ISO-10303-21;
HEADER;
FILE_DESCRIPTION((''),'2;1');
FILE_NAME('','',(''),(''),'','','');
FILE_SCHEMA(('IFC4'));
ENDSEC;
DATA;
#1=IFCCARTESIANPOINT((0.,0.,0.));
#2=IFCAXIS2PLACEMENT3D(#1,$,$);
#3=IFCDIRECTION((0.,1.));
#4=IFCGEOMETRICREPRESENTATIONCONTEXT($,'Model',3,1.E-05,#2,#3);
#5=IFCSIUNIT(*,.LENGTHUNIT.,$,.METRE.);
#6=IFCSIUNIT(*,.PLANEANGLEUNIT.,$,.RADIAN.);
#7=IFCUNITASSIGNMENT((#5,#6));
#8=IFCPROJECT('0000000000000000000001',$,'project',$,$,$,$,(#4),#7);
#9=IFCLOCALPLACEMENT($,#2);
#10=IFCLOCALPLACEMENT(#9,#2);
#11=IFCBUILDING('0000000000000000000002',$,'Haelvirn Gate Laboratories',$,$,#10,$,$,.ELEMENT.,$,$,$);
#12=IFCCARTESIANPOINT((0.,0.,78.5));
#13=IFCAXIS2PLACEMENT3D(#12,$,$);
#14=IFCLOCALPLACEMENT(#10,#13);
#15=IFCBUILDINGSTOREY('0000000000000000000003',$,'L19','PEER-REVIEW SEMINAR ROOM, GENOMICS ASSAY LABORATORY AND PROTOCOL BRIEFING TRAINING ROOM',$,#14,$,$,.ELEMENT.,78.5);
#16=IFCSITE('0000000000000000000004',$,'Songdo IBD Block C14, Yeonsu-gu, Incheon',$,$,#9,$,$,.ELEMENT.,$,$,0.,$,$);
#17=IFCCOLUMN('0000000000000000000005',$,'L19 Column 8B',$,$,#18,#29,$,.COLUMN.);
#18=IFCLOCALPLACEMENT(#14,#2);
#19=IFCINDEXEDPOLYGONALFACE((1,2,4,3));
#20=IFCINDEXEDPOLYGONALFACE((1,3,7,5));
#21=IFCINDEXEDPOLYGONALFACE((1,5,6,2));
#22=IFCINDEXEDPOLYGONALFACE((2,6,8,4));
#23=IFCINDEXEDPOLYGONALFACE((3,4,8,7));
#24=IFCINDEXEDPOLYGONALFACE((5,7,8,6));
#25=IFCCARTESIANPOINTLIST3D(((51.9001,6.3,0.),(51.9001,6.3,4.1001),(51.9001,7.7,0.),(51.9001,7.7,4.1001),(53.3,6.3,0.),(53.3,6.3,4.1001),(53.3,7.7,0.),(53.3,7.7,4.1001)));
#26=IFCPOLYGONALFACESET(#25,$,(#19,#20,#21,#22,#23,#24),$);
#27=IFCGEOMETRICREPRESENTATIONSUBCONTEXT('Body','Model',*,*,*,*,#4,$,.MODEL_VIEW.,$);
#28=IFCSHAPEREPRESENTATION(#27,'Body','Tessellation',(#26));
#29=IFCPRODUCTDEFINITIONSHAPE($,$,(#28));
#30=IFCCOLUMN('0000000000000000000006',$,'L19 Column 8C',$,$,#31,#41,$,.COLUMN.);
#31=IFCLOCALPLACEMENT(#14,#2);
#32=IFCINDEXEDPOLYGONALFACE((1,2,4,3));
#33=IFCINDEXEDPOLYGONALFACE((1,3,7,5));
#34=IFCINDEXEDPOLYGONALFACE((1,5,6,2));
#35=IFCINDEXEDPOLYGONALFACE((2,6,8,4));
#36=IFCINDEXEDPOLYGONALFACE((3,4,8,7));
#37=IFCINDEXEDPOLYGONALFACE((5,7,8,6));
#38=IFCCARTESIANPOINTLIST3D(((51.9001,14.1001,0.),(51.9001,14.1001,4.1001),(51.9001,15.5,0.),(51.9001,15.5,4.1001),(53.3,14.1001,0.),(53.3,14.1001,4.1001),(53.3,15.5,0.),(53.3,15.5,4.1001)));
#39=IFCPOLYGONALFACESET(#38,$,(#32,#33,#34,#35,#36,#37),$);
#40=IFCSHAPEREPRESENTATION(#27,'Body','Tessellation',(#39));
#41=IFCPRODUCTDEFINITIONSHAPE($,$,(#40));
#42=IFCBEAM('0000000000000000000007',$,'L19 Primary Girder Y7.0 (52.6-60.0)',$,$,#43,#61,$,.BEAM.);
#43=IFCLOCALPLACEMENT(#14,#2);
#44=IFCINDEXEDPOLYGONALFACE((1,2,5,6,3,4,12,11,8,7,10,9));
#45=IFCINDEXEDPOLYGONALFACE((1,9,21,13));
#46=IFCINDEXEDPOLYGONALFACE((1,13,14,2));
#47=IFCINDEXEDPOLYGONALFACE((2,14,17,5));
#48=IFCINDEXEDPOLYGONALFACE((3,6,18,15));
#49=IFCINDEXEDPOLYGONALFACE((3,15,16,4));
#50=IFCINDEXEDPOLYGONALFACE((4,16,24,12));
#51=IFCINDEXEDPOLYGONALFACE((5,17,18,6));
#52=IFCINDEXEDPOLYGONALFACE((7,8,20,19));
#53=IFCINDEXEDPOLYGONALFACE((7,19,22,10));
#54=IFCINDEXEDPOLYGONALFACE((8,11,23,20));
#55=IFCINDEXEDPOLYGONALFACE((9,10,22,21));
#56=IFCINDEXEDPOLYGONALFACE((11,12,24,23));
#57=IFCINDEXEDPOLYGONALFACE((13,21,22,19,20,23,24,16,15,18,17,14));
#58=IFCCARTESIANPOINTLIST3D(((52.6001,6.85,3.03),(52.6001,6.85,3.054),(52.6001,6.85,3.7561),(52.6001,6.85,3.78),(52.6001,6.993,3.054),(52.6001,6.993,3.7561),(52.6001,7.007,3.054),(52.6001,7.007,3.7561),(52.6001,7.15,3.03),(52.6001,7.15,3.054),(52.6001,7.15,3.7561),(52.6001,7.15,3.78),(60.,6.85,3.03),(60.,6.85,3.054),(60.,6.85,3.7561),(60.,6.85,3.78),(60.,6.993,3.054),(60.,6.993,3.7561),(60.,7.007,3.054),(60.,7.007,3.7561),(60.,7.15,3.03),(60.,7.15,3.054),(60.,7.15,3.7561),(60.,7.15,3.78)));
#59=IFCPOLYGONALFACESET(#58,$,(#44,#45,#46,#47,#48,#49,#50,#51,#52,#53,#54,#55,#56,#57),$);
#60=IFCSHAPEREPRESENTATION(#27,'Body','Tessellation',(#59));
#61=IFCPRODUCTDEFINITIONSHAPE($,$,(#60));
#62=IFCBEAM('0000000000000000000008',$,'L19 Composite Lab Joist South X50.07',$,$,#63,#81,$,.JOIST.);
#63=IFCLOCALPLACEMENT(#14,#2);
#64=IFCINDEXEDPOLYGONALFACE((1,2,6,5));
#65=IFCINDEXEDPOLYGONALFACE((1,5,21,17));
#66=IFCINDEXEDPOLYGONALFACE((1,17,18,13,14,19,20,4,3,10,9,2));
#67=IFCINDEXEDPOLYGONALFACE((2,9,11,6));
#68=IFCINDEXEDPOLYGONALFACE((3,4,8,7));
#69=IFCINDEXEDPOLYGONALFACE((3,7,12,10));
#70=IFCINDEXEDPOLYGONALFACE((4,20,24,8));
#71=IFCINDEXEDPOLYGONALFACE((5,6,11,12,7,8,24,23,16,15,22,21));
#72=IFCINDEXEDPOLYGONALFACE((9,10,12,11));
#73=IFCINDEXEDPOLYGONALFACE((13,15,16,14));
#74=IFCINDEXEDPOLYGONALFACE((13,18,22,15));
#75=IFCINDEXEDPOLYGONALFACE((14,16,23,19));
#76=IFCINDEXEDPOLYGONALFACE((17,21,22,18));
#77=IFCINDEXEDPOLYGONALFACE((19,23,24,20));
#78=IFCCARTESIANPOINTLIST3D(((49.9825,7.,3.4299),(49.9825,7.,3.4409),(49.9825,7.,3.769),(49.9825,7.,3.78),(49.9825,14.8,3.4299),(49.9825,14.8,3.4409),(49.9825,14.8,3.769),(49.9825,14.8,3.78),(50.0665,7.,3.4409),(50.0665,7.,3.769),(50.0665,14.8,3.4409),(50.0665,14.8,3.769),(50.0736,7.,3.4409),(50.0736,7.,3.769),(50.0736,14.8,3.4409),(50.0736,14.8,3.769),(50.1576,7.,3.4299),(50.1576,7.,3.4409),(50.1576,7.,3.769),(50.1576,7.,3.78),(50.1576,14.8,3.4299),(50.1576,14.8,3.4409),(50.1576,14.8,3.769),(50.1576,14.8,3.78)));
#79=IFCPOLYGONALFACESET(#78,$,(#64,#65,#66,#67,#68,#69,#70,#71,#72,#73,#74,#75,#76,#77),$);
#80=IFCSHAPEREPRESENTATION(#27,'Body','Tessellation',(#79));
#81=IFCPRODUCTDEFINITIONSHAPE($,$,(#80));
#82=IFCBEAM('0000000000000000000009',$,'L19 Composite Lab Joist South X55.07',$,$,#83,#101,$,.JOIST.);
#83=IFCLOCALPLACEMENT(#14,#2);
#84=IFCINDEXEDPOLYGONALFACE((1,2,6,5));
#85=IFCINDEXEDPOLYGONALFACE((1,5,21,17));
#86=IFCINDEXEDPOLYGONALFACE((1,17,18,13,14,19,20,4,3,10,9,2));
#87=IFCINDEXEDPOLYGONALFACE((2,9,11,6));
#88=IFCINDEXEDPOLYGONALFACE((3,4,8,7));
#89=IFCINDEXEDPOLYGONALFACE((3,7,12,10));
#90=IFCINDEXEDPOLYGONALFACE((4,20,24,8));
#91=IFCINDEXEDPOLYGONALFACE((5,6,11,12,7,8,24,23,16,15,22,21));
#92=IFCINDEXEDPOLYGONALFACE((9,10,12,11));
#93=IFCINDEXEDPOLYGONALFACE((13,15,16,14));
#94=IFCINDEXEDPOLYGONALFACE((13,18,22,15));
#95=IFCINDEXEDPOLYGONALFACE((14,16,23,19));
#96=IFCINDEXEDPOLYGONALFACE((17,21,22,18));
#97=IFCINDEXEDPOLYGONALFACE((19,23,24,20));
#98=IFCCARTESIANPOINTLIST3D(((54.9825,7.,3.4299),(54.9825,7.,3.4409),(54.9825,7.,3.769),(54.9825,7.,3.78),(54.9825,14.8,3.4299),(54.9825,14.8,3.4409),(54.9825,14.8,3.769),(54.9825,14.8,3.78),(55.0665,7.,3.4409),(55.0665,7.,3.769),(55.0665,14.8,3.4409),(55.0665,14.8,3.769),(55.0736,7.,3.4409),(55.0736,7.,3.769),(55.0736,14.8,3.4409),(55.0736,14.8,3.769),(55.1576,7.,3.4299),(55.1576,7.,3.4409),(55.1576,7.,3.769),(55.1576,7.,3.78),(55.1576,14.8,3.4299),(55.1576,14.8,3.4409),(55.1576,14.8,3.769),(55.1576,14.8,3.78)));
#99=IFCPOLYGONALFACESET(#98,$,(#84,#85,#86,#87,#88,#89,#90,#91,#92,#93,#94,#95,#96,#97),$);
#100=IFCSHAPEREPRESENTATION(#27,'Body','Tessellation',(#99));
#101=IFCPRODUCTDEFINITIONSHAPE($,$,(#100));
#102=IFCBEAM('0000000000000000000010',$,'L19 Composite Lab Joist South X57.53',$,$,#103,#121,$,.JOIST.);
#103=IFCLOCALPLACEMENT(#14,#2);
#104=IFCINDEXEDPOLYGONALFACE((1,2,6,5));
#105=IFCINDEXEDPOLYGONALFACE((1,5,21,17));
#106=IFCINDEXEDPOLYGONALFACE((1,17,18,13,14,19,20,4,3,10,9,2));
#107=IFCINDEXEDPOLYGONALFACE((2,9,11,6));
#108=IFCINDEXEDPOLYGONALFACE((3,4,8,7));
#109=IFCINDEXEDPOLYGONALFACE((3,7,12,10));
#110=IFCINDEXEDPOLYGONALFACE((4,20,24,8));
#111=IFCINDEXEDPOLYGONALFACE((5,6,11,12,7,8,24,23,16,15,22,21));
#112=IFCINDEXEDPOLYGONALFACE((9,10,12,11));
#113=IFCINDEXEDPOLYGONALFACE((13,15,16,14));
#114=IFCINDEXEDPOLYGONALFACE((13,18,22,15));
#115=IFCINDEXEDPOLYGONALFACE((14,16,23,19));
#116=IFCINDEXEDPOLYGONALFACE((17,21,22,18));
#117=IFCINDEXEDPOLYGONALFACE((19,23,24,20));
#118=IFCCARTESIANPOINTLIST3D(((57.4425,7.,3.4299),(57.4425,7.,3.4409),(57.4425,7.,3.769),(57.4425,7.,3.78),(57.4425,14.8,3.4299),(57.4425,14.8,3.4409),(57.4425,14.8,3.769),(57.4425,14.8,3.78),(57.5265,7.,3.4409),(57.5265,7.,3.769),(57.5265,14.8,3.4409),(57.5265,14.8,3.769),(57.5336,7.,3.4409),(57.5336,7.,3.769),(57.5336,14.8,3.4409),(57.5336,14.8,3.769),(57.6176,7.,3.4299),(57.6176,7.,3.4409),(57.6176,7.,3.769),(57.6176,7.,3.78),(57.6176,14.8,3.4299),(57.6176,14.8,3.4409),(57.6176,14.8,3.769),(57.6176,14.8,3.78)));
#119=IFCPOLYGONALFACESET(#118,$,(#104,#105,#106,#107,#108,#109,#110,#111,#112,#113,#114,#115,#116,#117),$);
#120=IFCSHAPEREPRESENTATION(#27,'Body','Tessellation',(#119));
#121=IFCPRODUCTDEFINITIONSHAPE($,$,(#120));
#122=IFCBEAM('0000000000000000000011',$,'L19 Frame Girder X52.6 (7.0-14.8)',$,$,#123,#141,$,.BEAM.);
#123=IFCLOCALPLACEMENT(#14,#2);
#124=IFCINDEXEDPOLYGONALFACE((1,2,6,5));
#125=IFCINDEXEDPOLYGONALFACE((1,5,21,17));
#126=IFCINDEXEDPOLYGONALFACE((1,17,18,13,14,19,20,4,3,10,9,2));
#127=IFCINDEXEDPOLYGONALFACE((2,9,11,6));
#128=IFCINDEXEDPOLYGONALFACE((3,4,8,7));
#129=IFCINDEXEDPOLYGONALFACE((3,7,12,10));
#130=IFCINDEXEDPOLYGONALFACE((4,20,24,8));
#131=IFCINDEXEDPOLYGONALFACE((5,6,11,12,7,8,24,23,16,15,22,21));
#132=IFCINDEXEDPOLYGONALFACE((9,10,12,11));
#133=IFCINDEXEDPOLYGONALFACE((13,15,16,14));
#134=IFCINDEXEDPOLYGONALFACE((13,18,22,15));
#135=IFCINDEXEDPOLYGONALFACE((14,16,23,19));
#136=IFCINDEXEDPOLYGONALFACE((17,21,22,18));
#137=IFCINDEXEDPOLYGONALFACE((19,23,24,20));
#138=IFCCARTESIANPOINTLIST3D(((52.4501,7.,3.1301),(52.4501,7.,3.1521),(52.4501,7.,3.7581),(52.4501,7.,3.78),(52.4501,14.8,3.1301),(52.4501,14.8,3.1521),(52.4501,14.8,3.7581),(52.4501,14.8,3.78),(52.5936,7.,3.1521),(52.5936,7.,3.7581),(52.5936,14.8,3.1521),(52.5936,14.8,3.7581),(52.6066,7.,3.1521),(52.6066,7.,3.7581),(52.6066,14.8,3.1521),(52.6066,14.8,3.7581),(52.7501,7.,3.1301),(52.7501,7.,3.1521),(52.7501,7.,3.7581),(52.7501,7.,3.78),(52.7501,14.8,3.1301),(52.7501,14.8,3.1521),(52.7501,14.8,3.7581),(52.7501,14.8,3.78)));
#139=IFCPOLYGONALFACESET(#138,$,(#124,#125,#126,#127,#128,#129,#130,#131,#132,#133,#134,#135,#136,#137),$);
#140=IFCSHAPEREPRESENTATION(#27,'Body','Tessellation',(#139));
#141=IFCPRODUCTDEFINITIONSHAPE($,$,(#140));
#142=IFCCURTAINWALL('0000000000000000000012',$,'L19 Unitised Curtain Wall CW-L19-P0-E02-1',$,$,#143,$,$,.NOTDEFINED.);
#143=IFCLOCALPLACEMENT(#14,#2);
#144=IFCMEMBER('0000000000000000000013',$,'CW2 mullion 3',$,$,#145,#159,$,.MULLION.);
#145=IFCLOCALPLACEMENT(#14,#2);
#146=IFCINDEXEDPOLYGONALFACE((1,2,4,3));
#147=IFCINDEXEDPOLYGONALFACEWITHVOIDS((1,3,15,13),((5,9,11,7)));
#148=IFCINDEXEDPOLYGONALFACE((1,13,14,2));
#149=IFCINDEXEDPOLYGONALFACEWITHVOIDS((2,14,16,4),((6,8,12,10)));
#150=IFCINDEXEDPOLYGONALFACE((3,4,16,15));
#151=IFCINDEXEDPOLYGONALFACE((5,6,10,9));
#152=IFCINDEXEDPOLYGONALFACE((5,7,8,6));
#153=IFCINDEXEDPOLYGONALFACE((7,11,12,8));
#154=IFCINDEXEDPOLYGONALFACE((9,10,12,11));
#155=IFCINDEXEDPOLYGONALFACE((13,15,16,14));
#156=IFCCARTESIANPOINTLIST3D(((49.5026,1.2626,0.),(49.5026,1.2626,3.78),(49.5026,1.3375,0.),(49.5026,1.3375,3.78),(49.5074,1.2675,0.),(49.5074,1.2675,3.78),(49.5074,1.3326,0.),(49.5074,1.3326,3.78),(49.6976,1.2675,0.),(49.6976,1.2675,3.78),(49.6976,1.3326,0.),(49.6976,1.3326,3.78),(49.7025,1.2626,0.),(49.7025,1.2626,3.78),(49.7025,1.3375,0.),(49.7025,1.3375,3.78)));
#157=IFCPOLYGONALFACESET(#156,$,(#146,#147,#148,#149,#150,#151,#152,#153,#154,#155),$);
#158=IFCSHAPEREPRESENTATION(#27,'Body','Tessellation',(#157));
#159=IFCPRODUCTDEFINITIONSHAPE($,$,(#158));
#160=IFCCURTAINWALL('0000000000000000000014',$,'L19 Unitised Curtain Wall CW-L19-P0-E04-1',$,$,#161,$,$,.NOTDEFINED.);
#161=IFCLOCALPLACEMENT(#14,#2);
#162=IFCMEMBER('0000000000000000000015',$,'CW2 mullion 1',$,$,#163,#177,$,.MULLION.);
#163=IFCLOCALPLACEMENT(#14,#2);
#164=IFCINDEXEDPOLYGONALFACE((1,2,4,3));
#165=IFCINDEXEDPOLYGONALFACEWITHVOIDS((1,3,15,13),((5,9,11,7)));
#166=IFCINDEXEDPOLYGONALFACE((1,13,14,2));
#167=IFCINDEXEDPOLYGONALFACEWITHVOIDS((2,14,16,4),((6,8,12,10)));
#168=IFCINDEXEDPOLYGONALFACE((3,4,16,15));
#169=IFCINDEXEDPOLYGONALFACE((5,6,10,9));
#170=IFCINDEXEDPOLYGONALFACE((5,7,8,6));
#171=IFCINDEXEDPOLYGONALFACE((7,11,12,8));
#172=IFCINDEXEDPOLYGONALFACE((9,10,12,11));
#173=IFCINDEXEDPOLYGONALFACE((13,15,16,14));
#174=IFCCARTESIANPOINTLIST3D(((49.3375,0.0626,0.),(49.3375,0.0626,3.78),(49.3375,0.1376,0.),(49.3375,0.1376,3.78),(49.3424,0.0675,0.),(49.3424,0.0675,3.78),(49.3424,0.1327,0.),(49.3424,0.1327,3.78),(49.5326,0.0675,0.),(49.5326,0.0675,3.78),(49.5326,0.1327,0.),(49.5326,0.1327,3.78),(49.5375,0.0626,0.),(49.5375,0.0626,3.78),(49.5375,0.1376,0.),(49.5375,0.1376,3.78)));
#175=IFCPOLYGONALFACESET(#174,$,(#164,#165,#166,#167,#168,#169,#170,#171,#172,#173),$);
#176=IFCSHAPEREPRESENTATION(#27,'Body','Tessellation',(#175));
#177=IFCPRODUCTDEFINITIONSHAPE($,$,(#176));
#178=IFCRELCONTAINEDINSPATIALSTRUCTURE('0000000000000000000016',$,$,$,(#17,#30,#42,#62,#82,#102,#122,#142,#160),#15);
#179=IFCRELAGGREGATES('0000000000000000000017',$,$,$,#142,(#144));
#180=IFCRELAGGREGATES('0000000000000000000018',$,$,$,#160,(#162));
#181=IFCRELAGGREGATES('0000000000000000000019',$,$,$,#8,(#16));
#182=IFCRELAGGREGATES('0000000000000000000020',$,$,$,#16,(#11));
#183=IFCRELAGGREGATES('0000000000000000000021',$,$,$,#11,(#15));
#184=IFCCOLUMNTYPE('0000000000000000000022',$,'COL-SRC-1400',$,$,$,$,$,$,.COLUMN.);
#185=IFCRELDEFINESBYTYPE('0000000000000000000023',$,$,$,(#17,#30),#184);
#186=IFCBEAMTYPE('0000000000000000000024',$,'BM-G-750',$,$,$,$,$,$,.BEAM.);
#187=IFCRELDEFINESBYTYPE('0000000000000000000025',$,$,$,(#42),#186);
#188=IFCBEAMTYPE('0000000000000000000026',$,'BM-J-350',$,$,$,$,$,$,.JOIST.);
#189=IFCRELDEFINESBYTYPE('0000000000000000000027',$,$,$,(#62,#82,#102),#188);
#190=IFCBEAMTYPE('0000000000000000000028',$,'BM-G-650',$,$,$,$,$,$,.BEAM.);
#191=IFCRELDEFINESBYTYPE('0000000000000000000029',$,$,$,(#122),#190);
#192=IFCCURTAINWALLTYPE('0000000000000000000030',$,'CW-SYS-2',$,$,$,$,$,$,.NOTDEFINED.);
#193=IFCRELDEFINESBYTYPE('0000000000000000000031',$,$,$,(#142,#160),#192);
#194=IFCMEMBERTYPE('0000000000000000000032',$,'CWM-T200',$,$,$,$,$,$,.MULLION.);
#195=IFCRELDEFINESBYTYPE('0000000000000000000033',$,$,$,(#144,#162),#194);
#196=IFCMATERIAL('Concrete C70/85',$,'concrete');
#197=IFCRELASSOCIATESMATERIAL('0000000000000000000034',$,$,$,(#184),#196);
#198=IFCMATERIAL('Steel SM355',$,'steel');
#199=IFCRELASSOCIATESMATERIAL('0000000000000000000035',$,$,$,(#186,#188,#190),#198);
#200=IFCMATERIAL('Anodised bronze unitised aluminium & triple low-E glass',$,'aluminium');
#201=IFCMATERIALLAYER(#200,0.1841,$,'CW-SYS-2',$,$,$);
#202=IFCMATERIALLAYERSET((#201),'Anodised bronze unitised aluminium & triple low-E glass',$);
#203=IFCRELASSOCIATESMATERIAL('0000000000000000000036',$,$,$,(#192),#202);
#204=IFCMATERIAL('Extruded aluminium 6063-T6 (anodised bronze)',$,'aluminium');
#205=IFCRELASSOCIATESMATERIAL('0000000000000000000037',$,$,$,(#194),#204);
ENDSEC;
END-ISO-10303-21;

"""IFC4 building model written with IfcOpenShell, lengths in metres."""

from ifc_helpers import new_model, si_unit, direction, frame, origin, origin_2d, place, context, subcontext, project, spatial, rectangle, hollow_rectangle, i_section, extrude, source, transform, mapped, material, layer, layer_set, material_profile, profile_set, type_object, type_shapes, element, aggregate, save


model = new_model("IFC4")

# Units and contexts
model_context = context("Model", 3, precision=1e-05, world=origin(), true_north=direction((0.0, 1.0)))
body_context = subcontext(model_context, "Body", "Model", "MODEL_VIEW")
ifc_project = project(units=[si_unit("LENGTHUNIT", "METRE"), si_unit("PLANEANGLEUNIT", "RADIAN")], contexts=[model_context])

# Site, building, storey
site_placement = place(None, origin())
site = spatial("IfcSite", under=ifc_project, at=site_placement, Name="Songdo IBD Block C14, Yeonsu-gu, Incheon", CompositionType="ELEMENT", RefElevation=0.0)
building_placement = place(site_placement, origin())
building = spatial("IfcBuilding", under=site, at=building_placement, Name="Haelvirn Gate Laboratories", CompositionType="ELEMENT")
storey_placement = place(building_placement, frame((0.0, 0.0, 78.5)))
storey = spatial("IfcBuildingStorey", under=building, at=storey_placement, Name="L19", Description="PEER-REVIEW SEMINAR ROOM, GENOMICS ASSAY LABORATORY AND PROTOCOL BRIEFING TRAINING ROOM", CompositionType="ELEMENT", Elevation=78.5)

# Columns
ifc_material_1 = material(Name="Concrete C70/85", Category="concrete")
ifc_material_profile_1 = material_profile(ifc_material_1, rectangle(XDim=1.3999, YDim=1.3999, at=origin_2d()), Name="SRC-1400x1400")
ifc_profile_set_1 = profile_set([ifc_material_profile_1], Name="Concrete C70/85")
column_type = type_object("IfcColumnType", Name="COL-SRC-1400", PredefinedType="COLUMN", material=ifc_profile_set_1)
shared_shape_1 = source(origin(), body_context, "Body", "SweptSolid", [
    extrude(rectangle(XDim=1.3999, YDim=1.3999, at=origin_2d()), origin(), (0.0, 0.0, 1.0), 4.1001),
])
type_shapes(column_type, [shared_shape_1])
for number, where, z_axis, x_axis, name in (
    (1, (52.6001, 7.0, 0.0), (0.0, 0.0, 1.0), (1.0, 0.0, 0.0), "L19 Column 8B"),
    (2, (52.6001, 14.8, 0.0), (0.0, 0.0, 1.0), (1.0, 0.0, 0.0), "L19 Column 8C"),
):
    element("IfcColumn", number, at=place(storey_placement, frame(where, z_axis=z_axis, x_axis=x_axis)), inside=storey, type_object=column_type, Name=name, PredefinedType="COLUMN", context=body_context, shape_type="MappedRepresentation", body=[
        mapped(shared_shape_1, transform((0.0, 0.0, 0.0), scale=1.0)),
    ])

# Beams
ifc_material_2 = material(Name="Steel SM355", Category="steel")
ifc_material_profile_2 = material_profile(ifc_material_2, i_section(OverallWidth=0.3, OverallDepth=0.75, WebThickness=0.0139, FlangeThickness=0.0239, at=origin_2d()), Name="H-750x300x14x24")
ifc_profile_set_2 = profile_set([ifc_material_profile_2], Name="Steel SM355")
beam_type_1 = type_object("IfcBeamType", Name="BM-G-750", PredefinedType="BEAM", material=ifc_profile_set_2)
shared_shape_2 = source(origin(), body_context, "Body", "SweptSolid", [
    extrude(i_section(OverallWidth=0.3, OverallDepth=0.75, WebThickness=0.0139, FlangeThickness=0.0239, at=origin_2d()), origin(), (0.0, 0.0, 1.0), 7.3999),
])
type_shapes(beam_type_1, [shared_shape_2])
beam_1_placement = place(storey_placement, frame((52.6001, 7.0, 3.405), z_axis=(1.0, 0.0, 0.0), x_axis=(0.0, 1.0, 0.0)))
element("IfcBeam", 3, at=beam_1_placement, inside=storey, type_object=beam_type_1, Name="L19 Primary Girder Y7.0 (52.6-60.0)", PredefinedType="BEAM", context=body_context, shape_type="MappedRepresentation", body=[
    mapped(shared_shape_2, transform((0.0, 0.0, 0.0), scale=1.0)),
])
ifc_material_profile_3 = material_profile(ifc_material_2, i_section(OverallWidth=0.175, OverallDepth=0.3501, WebThickness=0.0071, FlangeThickness=0.011, at=origin_2d()), Name="H-350x175x7x11")
ifc_profile_set_3 = profile_set([ifc_material_profile_3], Name="Steel SM355")
beam_type_2 = type_object("IfcBeamType", Name="BM-J-350", PredefinedType="JOIST", material=ifc_profile_set_3)
shared_shape_3 = source(origin(), body_context, "Body", "SweptSolid", [
    extrude(i_section(OverallWidth=0.175, OverallDepth=0.3501, WebThickness=0.0071, FlangeThickness=0.011, at=origin_2d()), origin(), (0.0, 0.0, 1.0), 7.8),
])
type_shapes(beam_type_2, [shared_shape_3])
for number, where, z_axis, x_axis, name in (
    (4, (50.0701, 7.0, 3.605), (0.0, 1.0, 0.0), (-1.0, 0.0, 0.0), "L19 Composite Lab Joist South X50.07"),
    (5, (55.0701, 7.0, 3.605), (0.0, 1.0, 0.0), (-1.0, 0.0, 0.0), "L19 Composite Lab Joist South X55.07"),
    (6, (57.53, 7.0, 3.605), (0.0, 1.0, 0.0), (-1.0, 0.0, 0.0), "L19 Composite Lab Joist South X57.53"),
):
    element("IfcBeam", number, at=place(storey_placement, frame(where, z_axis=z_axis, x_axis=x_axis)), inside=storey, type_object=beam_type_2, Name=name, PredefinedType="JOIST", context=body_context, shape_type="MappedRepresentation", body=[
        mapped(shared_shape_3, transform((0.0, 0.0, 0.0), scale=1.0)),
    ])
ifc_material_profile_4 = material_profile(ifc_material_2, i_section(OverallWidth=0.3, OverallDepth=0.6499, WebThickness=0.0129, FlangeThickness=0.022, at=origin_2d()), Name="H-650x300x13x22")
ifc_profile_set_4 = profile_set([ifc_material_profile_4], Name="Steel SM355")
beam_type_3 = type_object("IfcBeamType", Name="BM-G-650", PredefinedType="BEAM", material=ifc_profile_set_4)
shared_shape_4 = source(origin(), body_context, "Body", "SweptSolid", [
    extrude(i_section(OverallWidth=0.3, OverallDepth=0.6499, WebThickness=0.0129, FlangeThickness=0.022, at=origin_2d()), origin(), (0.0, 0.0, 1.0), 7.8),
])
type_shapes(beam_type_3, [shared_shape_4])
beam_2_placement = place(storey_placement, frame((52.6001, 7.0, 3.4551), z_axis=(0.0, 1.0, 0.0), x_axis=(-1.0, 0.0, 0.0)))
element("IfcBeam", 7, at=beam_2_placement, inside=storey, type_object=beam_type_3, Name="L19 Frame Girder X52.6 (7.0-14.8)", PredefinedType="BEAM", context=body_context, shape_type="MappedRepresentation", body=[
    mapped(shared_shape_4, transform((0.0, 0.0, 0.0), scale=1.0)),
])

# Curtain wall, member
ifc_material_3 = material(Name="Anodised bronze unitised aluminium & triple low-E glass", Category="aluminium")
ifc_layer_1 = layer(ifc_material_3, 0.1841, Name="CW-SYS-2")
ifc_layer_set_1 = layer_set([ifc_layer_1], Name="Anodised bronze unitised aluminium & triple low-E glass")
curtain_wall_type = type_object("IfcCurtainWallType", Name="CW-SYS-2", PredefinedType="NOTDEFINED", material=ifc_layer_set_1)
curtain_wall_1_placement = place(storey_placement, origin())
curtain_wall_1 = element("IfcCurtainWall", 8, at=curtain_wall_1_placement, inside=storey, type_object=curtain_wall_type, Name="L19 Unitised Curtain Wall CW-L19-P0-E02-1", PredefinedType="NOTDEFINED")
ifc_material_4 = material(Name="Extruded aluminium 6063-T6 (anodised bronze)", Category="aluminium")
ifc_material_profile_5 = material_profile(ifc_material_4, hollow_rectangle(XDim=0.075, YDim=0.2, WallThickness=0.0049, at=origin_2d()), Name="CWM-200x75x5")
ifc_profile_set_5 = profile_set([ifc_material_profile_5], Name="Extruded aluminium 6063-T6 (anodised bronze)")
member_type_1 = type_object("IfcMemberType", Name="CWM-T200", PredefinedType="MULLION", material=ifc_profile_set_5)
shared_shape_5 = source(origin(), body_context, "Body", "SweptSolid", [
    extrude(hollow_rectangle(XDim=0.075, YDim=0.2, WallThickness=0.0049, at=origin_2d()), origin(), (0.0, 0.0, 1.0), 3.78),
])
type_shapes(member_type_1, [shared_shape_5])
member_1_placement = place(storey_placement, frame((49.6025, 1.3, 0.0), z_axis=(0.0, 0.0, 1.0), x_axis=(0.0, 1.0, 0.0)))
member_1 = element("IfcMember", 9, at=member_1_placement, type_object=member_type_1, Name="CW2 mullion 3", PredefinedType="MULLION", context=body_context, shape_type="MappedRepresentation", body=[
    mapped(shared_shape_5, transform((0.0, 0.0, 0.0), scale=1.0)),
])
aggregate(curtain_wall_1, [member_1])

# Curtain wall, member
curtain_wall_2_placement = place(storey_placement, origin())
curtain_wall_2 = element("IfcCurtainWall", 10, at=curtain_wall_2_placement, inside=storey, type_object=curtain_wall_type, Name="L19 Unitised Curtain Wall CW-L19-P0-E04-1", PredefinedType="NOTDEFINED")
member_2_placement = place(storey_placement, frame((49.4375, 0.1001, 0.0), z_axis=(0.0, 0.0, 1.0), x_axis=(0.0, 1.0, 0.0)))
member_2 = element("IfcMember", 11, at=member_2_placement, type_object=member_type_1, Name="CW2 mullion 1", PredefinedType="MULLION", context=body_context, shape_type="MappedRepresentation", body=[
    mapped(shared_shape_5, transform((0.0, 0.0, 0.0), scale=1.0)),
])
aggregate(curtain_wall_2, [member_2])

save(model, "model.ifc")
